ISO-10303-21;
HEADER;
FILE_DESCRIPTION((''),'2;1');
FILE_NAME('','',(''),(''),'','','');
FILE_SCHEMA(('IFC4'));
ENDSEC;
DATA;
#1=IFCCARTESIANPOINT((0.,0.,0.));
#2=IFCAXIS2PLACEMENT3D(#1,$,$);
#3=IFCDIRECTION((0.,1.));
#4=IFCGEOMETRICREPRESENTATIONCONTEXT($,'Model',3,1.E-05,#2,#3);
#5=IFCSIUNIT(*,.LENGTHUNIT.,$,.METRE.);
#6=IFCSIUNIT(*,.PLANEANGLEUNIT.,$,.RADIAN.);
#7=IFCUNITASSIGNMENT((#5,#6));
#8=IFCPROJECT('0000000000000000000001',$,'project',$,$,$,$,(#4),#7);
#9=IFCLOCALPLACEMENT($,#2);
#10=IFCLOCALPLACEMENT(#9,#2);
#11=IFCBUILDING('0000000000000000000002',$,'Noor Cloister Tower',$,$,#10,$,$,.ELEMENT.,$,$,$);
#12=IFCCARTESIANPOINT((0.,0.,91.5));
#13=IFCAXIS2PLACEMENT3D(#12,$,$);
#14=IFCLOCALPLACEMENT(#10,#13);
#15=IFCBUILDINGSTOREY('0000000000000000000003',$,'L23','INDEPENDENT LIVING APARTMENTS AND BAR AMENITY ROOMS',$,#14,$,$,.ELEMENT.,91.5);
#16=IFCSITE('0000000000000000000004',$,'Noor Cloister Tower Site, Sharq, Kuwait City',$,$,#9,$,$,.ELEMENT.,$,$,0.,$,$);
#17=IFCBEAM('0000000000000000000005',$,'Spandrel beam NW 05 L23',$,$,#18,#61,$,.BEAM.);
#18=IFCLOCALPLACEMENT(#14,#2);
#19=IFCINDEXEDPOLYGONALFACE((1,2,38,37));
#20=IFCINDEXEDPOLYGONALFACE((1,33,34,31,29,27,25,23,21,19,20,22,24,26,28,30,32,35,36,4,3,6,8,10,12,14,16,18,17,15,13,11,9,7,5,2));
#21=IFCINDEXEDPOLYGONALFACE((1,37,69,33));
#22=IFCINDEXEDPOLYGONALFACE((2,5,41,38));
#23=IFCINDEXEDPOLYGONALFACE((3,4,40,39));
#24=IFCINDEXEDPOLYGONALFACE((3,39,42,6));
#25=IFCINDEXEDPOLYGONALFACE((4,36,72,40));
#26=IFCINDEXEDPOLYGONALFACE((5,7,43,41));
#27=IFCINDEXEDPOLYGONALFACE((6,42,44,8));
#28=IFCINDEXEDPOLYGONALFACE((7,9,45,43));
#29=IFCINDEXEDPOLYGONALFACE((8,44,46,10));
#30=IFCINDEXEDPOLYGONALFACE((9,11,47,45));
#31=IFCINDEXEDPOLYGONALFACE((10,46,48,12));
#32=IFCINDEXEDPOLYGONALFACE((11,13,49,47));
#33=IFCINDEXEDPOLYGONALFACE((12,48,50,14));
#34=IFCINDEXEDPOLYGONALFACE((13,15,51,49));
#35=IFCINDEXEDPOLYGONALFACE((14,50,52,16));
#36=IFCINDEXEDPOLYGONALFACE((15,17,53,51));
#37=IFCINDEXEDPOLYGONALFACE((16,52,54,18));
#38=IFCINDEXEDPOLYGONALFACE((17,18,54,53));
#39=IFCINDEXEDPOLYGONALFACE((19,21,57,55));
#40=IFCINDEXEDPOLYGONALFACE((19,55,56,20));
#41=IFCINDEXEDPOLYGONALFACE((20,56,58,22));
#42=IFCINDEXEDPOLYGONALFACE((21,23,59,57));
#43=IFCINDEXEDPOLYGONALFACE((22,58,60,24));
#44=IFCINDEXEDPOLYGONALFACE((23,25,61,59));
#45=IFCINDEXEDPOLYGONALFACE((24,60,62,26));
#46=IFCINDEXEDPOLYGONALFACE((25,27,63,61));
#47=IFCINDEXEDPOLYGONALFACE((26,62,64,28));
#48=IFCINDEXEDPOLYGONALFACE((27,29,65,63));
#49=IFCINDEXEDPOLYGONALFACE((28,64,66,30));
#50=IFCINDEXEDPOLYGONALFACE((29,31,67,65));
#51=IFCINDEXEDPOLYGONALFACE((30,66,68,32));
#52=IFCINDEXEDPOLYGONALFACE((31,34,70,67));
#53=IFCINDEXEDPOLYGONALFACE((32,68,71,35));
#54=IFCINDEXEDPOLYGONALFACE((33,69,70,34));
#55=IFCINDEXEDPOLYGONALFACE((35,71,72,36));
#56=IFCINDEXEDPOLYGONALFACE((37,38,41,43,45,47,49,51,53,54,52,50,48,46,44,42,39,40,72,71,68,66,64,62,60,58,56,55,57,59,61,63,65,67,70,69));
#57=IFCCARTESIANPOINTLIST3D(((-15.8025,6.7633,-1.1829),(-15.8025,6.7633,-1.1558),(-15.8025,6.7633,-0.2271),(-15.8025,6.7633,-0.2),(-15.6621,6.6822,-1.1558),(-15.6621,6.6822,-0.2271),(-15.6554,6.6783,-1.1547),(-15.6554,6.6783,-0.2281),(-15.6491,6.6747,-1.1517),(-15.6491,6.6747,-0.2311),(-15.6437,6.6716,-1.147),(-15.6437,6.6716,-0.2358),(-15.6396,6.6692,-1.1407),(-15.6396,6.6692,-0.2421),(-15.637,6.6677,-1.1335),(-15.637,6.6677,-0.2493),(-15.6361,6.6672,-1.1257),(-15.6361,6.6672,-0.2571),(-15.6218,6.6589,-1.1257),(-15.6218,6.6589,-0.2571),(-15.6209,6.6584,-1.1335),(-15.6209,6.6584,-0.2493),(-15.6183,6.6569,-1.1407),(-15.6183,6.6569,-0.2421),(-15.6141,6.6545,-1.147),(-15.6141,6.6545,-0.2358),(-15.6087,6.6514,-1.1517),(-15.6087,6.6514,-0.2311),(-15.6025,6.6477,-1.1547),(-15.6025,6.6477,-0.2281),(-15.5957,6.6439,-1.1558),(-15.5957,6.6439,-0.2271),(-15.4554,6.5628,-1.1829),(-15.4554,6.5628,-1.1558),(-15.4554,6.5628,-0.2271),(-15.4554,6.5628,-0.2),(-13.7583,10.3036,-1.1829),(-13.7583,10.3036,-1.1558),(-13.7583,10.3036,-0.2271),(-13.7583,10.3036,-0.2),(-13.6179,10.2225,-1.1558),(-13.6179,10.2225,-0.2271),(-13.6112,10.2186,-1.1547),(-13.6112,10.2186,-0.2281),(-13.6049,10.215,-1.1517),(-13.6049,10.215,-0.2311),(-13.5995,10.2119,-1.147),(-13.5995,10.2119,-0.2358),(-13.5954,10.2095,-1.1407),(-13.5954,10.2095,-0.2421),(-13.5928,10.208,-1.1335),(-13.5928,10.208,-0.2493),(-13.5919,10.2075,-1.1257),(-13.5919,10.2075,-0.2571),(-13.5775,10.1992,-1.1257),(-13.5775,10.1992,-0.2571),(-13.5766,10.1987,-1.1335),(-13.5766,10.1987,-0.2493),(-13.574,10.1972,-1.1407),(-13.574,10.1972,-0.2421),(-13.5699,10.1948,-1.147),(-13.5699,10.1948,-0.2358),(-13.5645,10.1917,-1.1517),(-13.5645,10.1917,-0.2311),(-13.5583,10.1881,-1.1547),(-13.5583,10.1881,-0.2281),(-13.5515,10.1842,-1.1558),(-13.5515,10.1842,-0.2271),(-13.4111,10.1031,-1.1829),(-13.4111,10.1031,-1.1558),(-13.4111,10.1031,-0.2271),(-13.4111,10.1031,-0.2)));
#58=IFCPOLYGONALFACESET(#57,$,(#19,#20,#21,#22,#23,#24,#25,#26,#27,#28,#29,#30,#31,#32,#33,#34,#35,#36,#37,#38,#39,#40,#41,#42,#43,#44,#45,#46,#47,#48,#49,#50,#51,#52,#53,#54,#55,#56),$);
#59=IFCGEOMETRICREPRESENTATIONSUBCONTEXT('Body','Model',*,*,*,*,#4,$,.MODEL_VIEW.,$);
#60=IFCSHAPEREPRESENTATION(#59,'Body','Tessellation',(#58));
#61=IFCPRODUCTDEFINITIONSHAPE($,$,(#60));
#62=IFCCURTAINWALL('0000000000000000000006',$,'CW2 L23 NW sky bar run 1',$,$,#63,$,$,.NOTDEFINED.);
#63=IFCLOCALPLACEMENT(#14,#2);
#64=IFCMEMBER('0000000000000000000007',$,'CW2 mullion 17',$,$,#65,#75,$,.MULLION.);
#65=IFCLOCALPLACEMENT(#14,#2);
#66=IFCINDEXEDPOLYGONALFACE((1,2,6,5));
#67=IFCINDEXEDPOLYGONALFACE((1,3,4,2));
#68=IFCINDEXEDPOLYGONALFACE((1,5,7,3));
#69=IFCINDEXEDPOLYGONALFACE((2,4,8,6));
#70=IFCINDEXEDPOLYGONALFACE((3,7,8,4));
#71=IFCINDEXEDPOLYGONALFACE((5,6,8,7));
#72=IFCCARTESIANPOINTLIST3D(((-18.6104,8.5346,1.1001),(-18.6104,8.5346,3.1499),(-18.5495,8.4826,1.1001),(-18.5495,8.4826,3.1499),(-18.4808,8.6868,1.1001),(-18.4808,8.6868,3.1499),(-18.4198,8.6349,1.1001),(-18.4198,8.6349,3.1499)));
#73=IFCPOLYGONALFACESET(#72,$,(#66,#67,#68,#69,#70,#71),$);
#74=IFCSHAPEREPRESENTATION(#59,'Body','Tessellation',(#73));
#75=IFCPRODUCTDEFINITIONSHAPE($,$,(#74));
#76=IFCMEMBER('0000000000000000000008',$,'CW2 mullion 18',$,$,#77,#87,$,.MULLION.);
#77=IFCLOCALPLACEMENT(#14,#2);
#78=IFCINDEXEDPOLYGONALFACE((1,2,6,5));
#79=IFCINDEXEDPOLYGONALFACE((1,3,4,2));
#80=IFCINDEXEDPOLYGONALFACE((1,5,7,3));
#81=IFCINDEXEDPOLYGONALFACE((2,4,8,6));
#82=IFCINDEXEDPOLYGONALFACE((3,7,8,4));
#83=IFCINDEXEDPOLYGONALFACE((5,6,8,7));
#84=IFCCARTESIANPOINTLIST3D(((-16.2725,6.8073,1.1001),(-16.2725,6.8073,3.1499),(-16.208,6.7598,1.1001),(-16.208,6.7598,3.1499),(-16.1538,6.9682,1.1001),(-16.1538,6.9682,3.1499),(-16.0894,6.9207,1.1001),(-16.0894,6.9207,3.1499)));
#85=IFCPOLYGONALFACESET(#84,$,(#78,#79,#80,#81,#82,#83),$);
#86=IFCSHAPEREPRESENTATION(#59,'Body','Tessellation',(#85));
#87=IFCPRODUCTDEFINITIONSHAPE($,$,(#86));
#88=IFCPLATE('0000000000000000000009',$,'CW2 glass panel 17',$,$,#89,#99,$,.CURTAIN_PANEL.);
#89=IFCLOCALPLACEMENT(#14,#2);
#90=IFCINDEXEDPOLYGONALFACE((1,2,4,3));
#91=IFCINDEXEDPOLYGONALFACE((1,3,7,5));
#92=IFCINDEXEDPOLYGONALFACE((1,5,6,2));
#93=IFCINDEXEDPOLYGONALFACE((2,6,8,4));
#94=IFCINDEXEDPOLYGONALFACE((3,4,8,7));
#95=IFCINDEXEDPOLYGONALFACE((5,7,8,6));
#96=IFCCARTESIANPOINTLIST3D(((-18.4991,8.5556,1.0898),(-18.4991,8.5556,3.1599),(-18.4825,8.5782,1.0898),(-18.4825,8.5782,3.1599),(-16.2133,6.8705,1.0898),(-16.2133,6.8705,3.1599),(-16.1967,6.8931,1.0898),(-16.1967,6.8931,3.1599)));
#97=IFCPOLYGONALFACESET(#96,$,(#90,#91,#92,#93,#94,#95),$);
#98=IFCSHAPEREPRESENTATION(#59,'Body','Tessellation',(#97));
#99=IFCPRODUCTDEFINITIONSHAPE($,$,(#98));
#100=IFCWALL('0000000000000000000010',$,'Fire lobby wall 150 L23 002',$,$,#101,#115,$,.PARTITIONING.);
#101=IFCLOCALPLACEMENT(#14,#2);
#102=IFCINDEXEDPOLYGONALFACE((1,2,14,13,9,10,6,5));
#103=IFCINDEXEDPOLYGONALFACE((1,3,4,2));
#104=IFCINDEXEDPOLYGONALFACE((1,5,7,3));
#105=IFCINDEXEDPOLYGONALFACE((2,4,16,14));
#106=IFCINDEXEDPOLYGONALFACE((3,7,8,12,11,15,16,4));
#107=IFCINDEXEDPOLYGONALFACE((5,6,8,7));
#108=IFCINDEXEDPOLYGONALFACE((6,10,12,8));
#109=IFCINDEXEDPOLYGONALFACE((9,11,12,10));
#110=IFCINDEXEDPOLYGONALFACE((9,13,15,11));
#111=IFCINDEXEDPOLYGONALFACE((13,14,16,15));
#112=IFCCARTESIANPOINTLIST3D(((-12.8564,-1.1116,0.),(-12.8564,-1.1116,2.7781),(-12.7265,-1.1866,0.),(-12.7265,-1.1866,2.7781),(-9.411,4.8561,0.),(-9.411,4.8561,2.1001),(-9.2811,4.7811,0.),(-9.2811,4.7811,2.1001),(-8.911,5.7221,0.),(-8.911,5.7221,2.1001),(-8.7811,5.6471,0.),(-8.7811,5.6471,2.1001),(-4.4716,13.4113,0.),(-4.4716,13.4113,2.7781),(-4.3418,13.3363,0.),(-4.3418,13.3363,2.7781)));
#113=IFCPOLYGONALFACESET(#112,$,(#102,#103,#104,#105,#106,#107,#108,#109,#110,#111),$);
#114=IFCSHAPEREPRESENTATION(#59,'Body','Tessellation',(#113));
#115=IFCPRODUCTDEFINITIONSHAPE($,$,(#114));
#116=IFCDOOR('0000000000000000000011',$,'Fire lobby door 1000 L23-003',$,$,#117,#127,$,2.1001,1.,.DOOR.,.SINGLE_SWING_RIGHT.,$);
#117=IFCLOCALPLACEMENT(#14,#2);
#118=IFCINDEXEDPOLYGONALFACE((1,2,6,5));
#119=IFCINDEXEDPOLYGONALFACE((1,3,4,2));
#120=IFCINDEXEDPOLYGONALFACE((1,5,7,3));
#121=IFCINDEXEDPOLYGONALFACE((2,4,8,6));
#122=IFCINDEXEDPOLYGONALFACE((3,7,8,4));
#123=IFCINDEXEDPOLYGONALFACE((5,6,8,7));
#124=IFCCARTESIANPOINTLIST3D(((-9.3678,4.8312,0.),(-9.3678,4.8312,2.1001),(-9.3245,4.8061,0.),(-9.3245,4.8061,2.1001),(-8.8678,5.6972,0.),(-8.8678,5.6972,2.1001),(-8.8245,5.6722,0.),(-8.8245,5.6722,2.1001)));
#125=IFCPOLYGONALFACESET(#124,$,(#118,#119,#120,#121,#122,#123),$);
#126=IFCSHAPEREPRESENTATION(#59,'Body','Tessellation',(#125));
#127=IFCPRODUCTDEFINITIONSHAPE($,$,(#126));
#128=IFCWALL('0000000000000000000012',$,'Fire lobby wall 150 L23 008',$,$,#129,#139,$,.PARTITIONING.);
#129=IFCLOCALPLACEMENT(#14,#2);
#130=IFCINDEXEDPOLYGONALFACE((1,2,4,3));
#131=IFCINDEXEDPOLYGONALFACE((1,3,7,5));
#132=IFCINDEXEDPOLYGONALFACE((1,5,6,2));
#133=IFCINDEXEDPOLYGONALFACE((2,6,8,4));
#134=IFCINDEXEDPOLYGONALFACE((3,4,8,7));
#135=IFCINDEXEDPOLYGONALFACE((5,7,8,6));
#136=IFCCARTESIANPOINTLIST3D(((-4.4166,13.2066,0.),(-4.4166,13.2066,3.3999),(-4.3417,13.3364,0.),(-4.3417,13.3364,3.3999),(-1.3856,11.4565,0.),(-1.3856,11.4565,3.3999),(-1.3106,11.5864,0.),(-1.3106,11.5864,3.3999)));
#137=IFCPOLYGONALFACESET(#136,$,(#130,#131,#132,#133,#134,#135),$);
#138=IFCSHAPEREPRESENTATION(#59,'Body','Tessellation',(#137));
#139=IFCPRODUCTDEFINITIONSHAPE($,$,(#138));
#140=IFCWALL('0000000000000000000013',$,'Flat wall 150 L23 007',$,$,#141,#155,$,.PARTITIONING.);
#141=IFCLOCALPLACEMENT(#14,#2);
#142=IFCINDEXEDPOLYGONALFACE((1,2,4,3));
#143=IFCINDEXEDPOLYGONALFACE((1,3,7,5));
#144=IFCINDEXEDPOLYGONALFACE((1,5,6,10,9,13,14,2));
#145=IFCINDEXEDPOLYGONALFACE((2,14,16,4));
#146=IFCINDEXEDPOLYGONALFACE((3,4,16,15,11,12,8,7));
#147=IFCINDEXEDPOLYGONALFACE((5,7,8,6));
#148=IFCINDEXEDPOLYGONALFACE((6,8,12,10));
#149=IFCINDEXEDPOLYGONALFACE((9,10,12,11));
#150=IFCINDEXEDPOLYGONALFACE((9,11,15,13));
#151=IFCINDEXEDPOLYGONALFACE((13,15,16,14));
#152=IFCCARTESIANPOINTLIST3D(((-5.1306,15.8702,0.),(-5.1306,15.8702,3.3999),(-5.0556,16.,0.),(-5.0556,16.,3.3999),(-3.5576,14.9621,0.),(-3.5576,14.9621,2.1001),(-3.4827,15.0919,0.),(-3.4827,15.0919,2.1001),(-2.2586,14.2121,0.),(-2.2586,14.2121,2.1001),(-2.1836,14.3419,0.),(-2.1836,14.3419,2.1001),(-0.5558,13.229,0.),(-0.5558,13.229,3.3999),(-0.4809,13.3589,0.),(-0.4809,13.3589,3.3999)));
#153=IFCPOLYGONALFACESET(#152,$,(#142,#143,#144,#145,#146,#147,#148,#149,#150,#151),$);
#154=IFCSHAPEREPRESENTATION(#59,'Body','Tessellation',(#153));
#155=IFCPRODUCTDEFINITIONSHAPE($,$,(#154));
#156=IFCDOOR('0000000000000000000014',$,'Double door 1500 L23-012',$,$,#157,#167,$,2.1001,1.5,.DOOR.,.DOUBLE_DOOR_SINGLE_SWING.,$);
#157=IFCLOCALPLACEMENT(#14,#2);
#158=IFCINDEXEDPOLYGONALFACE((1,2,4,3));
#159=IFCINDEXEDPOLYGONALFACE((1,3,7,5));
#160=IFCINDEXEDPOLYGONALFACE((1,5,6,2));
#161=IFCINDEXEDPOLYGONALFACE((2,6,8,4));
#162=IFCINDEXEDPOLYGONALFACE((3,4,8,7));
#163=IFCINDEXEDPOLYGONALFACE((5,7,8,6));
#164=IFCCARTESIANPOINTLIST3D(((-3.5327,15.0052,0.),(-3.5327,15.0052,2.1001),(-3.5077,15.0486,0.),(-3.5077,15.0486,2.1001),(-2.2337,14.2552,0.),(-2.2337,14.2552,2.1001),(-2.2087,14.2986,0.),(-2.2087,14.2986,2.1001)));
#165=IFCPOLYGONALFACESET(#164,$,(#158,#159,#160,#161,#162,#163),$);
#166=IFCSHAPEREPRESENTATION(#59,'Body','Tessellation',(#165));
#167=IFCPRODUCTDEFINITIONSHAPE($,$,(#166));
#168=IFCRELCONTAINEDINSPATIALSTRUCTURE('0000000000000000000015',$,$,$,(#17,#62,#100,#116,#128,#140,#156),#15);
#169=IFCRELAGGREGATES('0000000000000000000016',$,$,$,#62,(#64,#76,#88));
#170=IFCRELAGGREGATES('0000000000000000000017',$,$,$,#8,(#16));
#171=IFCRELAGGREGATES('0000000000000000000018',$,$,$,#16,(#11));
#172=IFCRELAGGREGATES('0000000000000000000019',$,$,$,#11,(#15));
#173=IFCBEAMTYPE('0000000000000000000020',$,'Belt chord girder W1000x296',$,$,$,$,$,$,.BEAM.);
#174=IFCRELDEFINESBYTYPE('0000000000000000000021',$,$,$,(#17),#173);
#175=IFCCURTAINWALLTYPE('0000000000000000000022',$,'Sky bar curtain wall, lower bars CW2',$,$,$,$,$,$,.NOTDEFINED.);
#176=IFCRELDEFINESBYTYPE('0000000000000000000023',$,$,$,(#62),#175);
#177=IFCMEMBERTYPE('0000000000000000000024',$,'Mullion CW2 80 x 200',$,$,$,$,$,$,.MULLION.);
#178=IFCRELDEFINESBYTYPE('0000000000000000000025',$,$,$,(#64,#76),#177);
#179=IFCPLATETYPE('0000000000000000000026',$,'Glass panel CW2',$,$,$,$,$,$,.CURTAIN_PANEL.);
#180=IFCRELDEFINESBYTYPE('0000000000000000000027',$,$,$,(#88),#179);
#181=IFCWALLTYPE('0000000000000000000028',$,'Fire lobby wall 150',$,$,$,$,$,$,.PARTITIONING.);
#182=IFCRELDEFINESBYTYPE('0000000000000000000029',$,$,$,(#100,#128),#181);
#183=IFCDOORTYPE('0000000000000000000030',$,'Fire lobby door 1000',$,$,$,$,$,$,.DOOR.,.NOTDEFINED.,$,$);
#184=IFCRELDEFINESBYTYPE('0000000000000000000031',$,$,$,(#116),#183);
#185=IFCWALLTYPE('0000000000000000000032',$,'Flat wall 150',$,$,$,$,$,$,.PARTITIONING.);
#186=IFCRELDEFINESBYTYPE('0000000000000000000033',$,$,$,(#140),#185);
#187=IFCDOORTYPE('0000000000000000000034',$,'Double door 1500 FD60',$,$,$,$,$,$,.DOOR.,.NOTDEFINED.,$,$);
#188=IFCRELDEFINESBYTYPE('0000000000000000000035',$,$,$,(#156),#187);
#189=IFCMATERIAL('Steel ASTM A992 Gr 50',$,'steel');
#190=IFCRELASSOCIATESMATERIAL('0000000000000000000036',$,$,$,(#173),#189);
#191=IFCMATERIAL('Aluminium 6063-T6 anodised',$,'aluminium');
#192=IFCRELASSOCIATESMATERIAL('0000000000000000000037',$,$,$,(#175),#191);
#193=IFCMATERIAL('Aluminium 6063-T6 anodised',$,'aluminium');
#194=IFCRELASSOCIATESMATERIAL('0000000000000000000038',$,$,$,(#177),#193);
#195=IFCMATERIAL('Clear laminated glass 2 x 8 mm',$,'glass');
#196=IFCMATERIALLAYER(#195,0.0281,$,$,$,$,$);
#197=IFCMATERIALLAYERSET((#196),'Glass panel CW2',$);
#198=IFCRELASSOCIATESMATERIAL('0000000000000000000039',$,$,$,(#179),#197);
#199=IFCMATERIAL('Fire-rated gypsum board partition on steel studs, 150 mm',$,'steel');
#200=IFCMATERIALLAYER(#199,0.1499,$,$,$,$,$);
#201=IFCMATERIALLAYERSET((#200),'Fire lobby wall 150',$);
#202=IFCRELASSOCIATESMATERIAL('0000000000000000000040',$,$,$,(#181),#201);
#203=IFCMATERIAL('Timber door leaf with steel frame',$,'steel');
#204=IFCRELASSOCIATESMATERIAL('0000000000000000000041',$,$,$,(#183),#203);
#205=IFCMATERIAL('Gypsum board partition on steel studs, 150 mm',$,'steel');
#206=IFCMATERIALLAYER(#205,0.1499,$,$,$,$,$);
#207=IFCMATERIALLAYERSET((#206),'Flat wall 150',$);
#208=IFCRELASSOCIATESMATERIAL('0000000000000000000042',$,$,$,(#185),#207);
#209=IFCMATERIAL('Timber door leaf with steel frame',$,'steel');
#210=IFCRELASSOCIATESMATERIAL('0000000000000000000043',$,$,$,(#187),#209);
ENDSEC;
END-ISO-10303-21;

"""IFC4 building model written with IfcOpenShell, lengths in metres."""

from ifc_helpers import new_model, si_unit, direction, frame, frame_2d, origin, origin_2d, place, context, subcontext, project, spatial, rectangle, i_section, extrude, material, layer, layer_set, material_profile, profile_set, type_object, element, fill, aggregate, save


model = new_model("IFC4")

# Units and contexts
model_context = context("Model", 3, precision=1e-05, world=origin(), true_north=direction((0.0, 1.0)))
body_context = subcontext(model_context, "Body", "Model", "MODEL_VIEW")
ifc_project = project(units=[si_unit("LENGTHUNIT", "METRE"), si_unit("PLANEANGLEUNIT", "RADIAN")], contexts=[model_context])

# Site, building, storey
site_placement = place(None, origin())
site = spatial("IfcSite", under=ifc_project, at=site_placement, Name="Noor Cloister Tower Site, Sharq, Kuwait City", CompositionType="ELEMENT", RefElevation=0.0)
building_placement = place(site_placement, origin())
building = spatial("IfcBuilding", under=site, at=building_placement, Name="Noor Cloister Tower", CompositionType="ELEMENT")
storey_placement = place(building_placement, frame((0.0, 0.0, 91.5)))
storey = spatial("IfcBuildingStorey", under=building, at=storey_placement, Name="L23", Description="INDEPENDENT LIVING APARTMENTS AND BAR AMENITY ROOMS", CompositionType="ELEMENT", Elevation=91.5)

# Beam
ifc_material_1 = material(Name="Steel ASTM A992 Gr 50", Category="steel")
ifc_material_profile_1 = material_profile(ifc_material_1, i_section(OverallWidth=0.4009, OverallDepth=0.9829, WebThickness=0.0166, FlangeThickness=0.0271, FilletRadius=0.03, at=origin_2d()), Name="W1000x296")
ifc_profile_set_1 = profile_set([ifc_material_profile_1], Name="Steel ASTM A992 Gr 50")
beam_type = type_object("IfcBeamType", Name="Belt chord girder W1000x296", PredefinedType="BEAM", material=ifc_profile_set_1)
for number, where, z_axis, x_axis, name in (
    (1, (-13.5847, 10.2034, -0.6914), (-0.500038, -0.866004, 0.0), (0.866004, -0.500038, 0.0), "Spandrel beam NW 05 L23"),
):
    element("IfcBeam", number, at=place(storey_placement, frame(where, z_axis=z_axis, x_axis=x_axis)), inside=storey, type_object=beam_type, Name=name, PredefinedType="BEAM", context=body_context, shape_type="SweptSolid", body=[
        extrude(i_section(OverallWidth=0.4009, OverallDepth=0.9829, WebThickness=0.0166, FlangeThickness=0.0271, FilletRadius=0.03, at=origin_2d()), origin(), (0.0, 0.0, 1.0), 4.0881),
    ])

# Curtain wall, members, plate
ifc_material_2 = material(Name="Aluminium 6063-T6 anodised", Category="aluminium")
curtain_wall_type = type_object("IfcCurtainWallType", Name="Sky bar curtain wall, lower bars CW2", PredefinedType="NOTDEFINED", material=ifc_material_2)
curtain_wall_placement = place(storey_placement, origin())
curtain_wall = element("IfcCurtainWall", 2, at=curtain_wall_placement, inside=storey, type_object=curtain_wall_type, Name="CW2 L23 NW sky bar run 1", PredefinedType="NOTDEFINED")
ifc_material_3 = material(Name="Aluminium 6063-T6 anodised", Category="aluminium")
ifc_material_profile_2 = material_profile(ifc_material_3, rectangle(XDim=0.2, YDim=0.0801, at=origin_2d()), Name="200 x 80 mullion")
ifc_profile_set_2 = profile_set([ifc_material_profile_2], Name="Aluminium 6063-T6 anodised")
member_type = type_object("IfcMemberType", Name="Mullion CW2 80 x 200", PredefinedType="MULLION", material=ifc_profile_set_2)
member_1_placement = place(storey_placement, frame((-18.5151, 8.5847, 1.1001), z_axis=(0.0, 0.0, 1.0), x_axis=(0.648411, 0.76129, 0.0)))
member_1 = element("IfcMember", 3, at=member_1_placement, type_object=member_type, Name="CW2 mullion 17", PredefinedType="MULLION", context=body_context, shape_type="SweptSolid", body=[
    extrude(rectangle(XDim=0.2, YDim=0.0801, at=origin_2d()), origin(), (0.0, 0.0, 1.0), 2.0498),
])
member_2_placement = place(storey_placement, frame((-16.1809, 6.864, 1.1001), z_axis=(0.0, 0.0, 1.0), x_axis=(0.593401, 0.804907, 0.0)))
member_2 = element("IfcMember", 4, at=member_2_placement, type_object=member_type, Name="CW2 mullion 18", PredefinedType="MULLION", context=body_context, shape_type="SweptSolid", body=[
    extrude(rectangle(XDim=0.2, YDim=0.0801, at=origin_2d()), origin(), (0.0, 0.0, 1.0), 2.0498),
])
ifc_material_4 = material(Name="Clear laminated glass 2 x 8 mm", Category="glass")
ifc_layer_1 = layer(ifc_material_4, 0.0281)
ifc_layer_set_1 = layer_set([ifc_layer_1], Name="Glass panel CW2")
plate_type = type_object("IfcPlateType", Name="Glass panel CW2", PredefinedType="CURTAIN_PANEL", material=ifc_layer_set_1)
plate_placement = place(storey_placement, frame((-17.3479, 7.7244, 1.0898), z_axis=(0.0, 0.0, 1.0), x_axis=(0.804907, -0.593401, 0.0)))
plate = element("IfcPlate", 5, at=plate_placement, type_object=plate_type, Name="CW2 glass panel 17", PredefinedType="CURTAIN_PANEL", context=body_context, shape_type="SweptSolid", body=[
    extrude(rectangle(XDim=2.8398, YDim=0.0281, at=origin_2d()), origin(), (0.0, 0.0, 1.0), 2.0701),
])
aggregate(curtain_wall, [member_1, member_2, plate])

# Wall, opening, door
ifc_material_5 = material(Name="Fire-rated gypsum board partition on steel studs, 150 mm", Category="steel")
ifc_layer_2 = layer(ifc_material_5, 0.1499)
ifc_layer_set_2 = layer_set([ifc_layer_2], Name="Fire lobby wall 150")
wall_type_1 = type_object("IfcWallType", Name="Fire lobby wall 150", PredefinedType="PARTITIONING", material=ifc_layer_set_2)
wall_1_placement = place(storey_placement, frame((-4.4067, 13.3738, 0.0), z_axis=(0.0, 0.0, 1.0), x_axis=(-0.499997, -0.866027, 0.0)))
wall_1 = element("IfcWall", 6, at=wall_1_placement, inside=storey, type_object=wall_type_1, Name="Fire lobby wall 150 L23 002", PredefinedType="PARTITIONING", context=body_context, shape_type="SweptSolid", body=[
    extrude(rectangle(XDim=16.7695, YDim=0.1499, at=frame_2d((8.3848, 0.0))), origin(), (0.0, 0.0, 1.0), 2.7781),
])
opening_1_placement = place(wall_1_placement, frame((8.8787, 0.0, 0.0)))
opening_1 = element("IfcOpeningElement", 7, at=opening_1_placement, cuts=wall_1, PredefinedType="OPENING", context=body_context, shape_type="SweptSolid", body=[
    extrude(rectangle(XDim=1.0, YDim=2.1001, at=frame_2d((0.5, 1.05))), frame((0.0, 0.085, 0.0), z_axis=(0.0, -1.0, 0.0), x_axis=(1.0, 0.0, 0.0)), (0.0, 0.0, 1.0), 0.1699),
])
ifc_material_6 = material(Name="Timber door leaf with steel frame", Category="steel")
door_type_1 = type_object("IfcDoorType", Name="Fire lobby door 1000", OperationType="NOTDEFINED", PredefinedType="DOOR", material=ifc_material_6)
door_1_placement = place(opening_1_placement, origin())
door_1 = element("IfcDoor", 8, at=door_1_placement, inside=storey, type_object=door_type_1, Name="Fire lobby door 1000 L23-003", OperationType="SINGLE_SWING_RIGHT", OverallHeight=2.1001, OverallWidth=1.0, PredefinedType="DOOR", context=body_context, shape_type="SweptSolid", body=[
    extrude(rectangle(XDim=1.0, YDim=2.1001, at=frame_2d((0.5, 1.05))), frame((0.0, 0.0249, 0.0), z_axis=(0.0, -1.0, 0.0), x_axis=(1.0, 0.0, 0.0)), (0.0, 0.0, 1.0), 0.05),
])
fill(opening_1, door_1)

# Wall
wall_2_placement = place(storey_placement, frame((-4.3792, 13.2715, 0.0), z_axis=(0.0, 0.0, 1.0), x_axis=(0.866019, -0.50001, 0.0)))
element("IfcWall", 9, at=wall_2_placement, inside=storey, type_object=wall_type_1, Name="Fire lobby wall 150 L23 008", PredefinedType="PARTITIONING", context=body_context, shape_type="SweptSolid", body=[
    extrude(rectangle(XDim=3.5, YDim=0.1499, at=frame_2d((1.75, 0.0))), origin(), (0.0, 0.0, 1.0), 3.3999),
])

# Wall, opening, door
ifc_material_7 = material(Name="Gypsum board partition on steel studs, 150 mm", Category="steel")
ifc_layer_3 = layer(ifc_material_7, 0.1499)
ifc_layer_set_3 = layer_set([ifc_layer_3], Name="Flat wall 150")
wall_type_2 = type_object("IfcWallType", Name="Flat wall 150", PredefinedType="PARTITIONING", material=ifc_layer_set_3)
wall_3_placement = place(storey_placement, frame((-5.093, 15.9351, 0.0), z_axis=(0.0, 0.0, 1.0), x_axis=(0.866033, -0.499987, 0.0)))
wall_3 = element("IfcWall", 10, at=wall_3_placement, inside=storey, type_object=wall_type_2, Name="Flat wall 150 L23 007", PredefinedType="PARTITIONING", context=body_context, shape_type="SweptSolid", body=[
    extrude(rectangle(XDim=5.2825, YDim=0.1499, at=frame_2d((2.6411, 0.0))), origin(), (0.0, 0.0, 1.0), 3.3999),
])
opening_2_placement = place(wall_3_placement, frame((1.8162, 0.0, 0.0)))
opening_2 = element("IfcOpeningElement", 11, at=opening_2_placement, cuts=wall_3, PredefinedType="OPENING", context=body_context, shape_type="SweptSolid", body=[
    extrude(rectangle(XDim=1.5, YDim=2.1001, at=frame_2d((0.75, 1.05))), frame((0.0, 0.085, 0.0), z_axis=(0.0, -1.0, 0.0), x_axis=(1.0, 0.0, 0.0)), (0.0, 0.0, 1.0), 0.1699),
])
ifc_material_8 = material(Name="Timber door leaf with steel frame", Category="steel")
door_type_2 = type_object("IfcDoorType", Name="Double door 1500 FD60", OperationType="NOTDEFINED", PredefinedType="DOOR", material=ifc_material_8)
door_2_placement = place(opening_2_placement, origin())
door_2 = element("IfcDoor", 12, at=door_2_placement, inside=storey, type_object=door_type_2, Name="Double door 1500 L23-012", OperationType="DOUBLE_DOOR_SINGLE_SWING", OverallHeight=2.1001, OverallWidth=1.5, PredefinedType="DOOR", context=body_context, shape_type="SweptSolid", body=[
    extrude(rectangle(XDim=1.5, YDim=2.1001, at=frame_2d((0.75, 1.05))), frame((0.0, 0.0249, 0.0), z_axis=(0.0, -1.0, 0.0), x_axis=(1.0, 0.0, 0.0)), (0.0, 0.0, 1.0), 0.05),
])
fill(opening_2, door_2)

save(model, "model.ifc")
